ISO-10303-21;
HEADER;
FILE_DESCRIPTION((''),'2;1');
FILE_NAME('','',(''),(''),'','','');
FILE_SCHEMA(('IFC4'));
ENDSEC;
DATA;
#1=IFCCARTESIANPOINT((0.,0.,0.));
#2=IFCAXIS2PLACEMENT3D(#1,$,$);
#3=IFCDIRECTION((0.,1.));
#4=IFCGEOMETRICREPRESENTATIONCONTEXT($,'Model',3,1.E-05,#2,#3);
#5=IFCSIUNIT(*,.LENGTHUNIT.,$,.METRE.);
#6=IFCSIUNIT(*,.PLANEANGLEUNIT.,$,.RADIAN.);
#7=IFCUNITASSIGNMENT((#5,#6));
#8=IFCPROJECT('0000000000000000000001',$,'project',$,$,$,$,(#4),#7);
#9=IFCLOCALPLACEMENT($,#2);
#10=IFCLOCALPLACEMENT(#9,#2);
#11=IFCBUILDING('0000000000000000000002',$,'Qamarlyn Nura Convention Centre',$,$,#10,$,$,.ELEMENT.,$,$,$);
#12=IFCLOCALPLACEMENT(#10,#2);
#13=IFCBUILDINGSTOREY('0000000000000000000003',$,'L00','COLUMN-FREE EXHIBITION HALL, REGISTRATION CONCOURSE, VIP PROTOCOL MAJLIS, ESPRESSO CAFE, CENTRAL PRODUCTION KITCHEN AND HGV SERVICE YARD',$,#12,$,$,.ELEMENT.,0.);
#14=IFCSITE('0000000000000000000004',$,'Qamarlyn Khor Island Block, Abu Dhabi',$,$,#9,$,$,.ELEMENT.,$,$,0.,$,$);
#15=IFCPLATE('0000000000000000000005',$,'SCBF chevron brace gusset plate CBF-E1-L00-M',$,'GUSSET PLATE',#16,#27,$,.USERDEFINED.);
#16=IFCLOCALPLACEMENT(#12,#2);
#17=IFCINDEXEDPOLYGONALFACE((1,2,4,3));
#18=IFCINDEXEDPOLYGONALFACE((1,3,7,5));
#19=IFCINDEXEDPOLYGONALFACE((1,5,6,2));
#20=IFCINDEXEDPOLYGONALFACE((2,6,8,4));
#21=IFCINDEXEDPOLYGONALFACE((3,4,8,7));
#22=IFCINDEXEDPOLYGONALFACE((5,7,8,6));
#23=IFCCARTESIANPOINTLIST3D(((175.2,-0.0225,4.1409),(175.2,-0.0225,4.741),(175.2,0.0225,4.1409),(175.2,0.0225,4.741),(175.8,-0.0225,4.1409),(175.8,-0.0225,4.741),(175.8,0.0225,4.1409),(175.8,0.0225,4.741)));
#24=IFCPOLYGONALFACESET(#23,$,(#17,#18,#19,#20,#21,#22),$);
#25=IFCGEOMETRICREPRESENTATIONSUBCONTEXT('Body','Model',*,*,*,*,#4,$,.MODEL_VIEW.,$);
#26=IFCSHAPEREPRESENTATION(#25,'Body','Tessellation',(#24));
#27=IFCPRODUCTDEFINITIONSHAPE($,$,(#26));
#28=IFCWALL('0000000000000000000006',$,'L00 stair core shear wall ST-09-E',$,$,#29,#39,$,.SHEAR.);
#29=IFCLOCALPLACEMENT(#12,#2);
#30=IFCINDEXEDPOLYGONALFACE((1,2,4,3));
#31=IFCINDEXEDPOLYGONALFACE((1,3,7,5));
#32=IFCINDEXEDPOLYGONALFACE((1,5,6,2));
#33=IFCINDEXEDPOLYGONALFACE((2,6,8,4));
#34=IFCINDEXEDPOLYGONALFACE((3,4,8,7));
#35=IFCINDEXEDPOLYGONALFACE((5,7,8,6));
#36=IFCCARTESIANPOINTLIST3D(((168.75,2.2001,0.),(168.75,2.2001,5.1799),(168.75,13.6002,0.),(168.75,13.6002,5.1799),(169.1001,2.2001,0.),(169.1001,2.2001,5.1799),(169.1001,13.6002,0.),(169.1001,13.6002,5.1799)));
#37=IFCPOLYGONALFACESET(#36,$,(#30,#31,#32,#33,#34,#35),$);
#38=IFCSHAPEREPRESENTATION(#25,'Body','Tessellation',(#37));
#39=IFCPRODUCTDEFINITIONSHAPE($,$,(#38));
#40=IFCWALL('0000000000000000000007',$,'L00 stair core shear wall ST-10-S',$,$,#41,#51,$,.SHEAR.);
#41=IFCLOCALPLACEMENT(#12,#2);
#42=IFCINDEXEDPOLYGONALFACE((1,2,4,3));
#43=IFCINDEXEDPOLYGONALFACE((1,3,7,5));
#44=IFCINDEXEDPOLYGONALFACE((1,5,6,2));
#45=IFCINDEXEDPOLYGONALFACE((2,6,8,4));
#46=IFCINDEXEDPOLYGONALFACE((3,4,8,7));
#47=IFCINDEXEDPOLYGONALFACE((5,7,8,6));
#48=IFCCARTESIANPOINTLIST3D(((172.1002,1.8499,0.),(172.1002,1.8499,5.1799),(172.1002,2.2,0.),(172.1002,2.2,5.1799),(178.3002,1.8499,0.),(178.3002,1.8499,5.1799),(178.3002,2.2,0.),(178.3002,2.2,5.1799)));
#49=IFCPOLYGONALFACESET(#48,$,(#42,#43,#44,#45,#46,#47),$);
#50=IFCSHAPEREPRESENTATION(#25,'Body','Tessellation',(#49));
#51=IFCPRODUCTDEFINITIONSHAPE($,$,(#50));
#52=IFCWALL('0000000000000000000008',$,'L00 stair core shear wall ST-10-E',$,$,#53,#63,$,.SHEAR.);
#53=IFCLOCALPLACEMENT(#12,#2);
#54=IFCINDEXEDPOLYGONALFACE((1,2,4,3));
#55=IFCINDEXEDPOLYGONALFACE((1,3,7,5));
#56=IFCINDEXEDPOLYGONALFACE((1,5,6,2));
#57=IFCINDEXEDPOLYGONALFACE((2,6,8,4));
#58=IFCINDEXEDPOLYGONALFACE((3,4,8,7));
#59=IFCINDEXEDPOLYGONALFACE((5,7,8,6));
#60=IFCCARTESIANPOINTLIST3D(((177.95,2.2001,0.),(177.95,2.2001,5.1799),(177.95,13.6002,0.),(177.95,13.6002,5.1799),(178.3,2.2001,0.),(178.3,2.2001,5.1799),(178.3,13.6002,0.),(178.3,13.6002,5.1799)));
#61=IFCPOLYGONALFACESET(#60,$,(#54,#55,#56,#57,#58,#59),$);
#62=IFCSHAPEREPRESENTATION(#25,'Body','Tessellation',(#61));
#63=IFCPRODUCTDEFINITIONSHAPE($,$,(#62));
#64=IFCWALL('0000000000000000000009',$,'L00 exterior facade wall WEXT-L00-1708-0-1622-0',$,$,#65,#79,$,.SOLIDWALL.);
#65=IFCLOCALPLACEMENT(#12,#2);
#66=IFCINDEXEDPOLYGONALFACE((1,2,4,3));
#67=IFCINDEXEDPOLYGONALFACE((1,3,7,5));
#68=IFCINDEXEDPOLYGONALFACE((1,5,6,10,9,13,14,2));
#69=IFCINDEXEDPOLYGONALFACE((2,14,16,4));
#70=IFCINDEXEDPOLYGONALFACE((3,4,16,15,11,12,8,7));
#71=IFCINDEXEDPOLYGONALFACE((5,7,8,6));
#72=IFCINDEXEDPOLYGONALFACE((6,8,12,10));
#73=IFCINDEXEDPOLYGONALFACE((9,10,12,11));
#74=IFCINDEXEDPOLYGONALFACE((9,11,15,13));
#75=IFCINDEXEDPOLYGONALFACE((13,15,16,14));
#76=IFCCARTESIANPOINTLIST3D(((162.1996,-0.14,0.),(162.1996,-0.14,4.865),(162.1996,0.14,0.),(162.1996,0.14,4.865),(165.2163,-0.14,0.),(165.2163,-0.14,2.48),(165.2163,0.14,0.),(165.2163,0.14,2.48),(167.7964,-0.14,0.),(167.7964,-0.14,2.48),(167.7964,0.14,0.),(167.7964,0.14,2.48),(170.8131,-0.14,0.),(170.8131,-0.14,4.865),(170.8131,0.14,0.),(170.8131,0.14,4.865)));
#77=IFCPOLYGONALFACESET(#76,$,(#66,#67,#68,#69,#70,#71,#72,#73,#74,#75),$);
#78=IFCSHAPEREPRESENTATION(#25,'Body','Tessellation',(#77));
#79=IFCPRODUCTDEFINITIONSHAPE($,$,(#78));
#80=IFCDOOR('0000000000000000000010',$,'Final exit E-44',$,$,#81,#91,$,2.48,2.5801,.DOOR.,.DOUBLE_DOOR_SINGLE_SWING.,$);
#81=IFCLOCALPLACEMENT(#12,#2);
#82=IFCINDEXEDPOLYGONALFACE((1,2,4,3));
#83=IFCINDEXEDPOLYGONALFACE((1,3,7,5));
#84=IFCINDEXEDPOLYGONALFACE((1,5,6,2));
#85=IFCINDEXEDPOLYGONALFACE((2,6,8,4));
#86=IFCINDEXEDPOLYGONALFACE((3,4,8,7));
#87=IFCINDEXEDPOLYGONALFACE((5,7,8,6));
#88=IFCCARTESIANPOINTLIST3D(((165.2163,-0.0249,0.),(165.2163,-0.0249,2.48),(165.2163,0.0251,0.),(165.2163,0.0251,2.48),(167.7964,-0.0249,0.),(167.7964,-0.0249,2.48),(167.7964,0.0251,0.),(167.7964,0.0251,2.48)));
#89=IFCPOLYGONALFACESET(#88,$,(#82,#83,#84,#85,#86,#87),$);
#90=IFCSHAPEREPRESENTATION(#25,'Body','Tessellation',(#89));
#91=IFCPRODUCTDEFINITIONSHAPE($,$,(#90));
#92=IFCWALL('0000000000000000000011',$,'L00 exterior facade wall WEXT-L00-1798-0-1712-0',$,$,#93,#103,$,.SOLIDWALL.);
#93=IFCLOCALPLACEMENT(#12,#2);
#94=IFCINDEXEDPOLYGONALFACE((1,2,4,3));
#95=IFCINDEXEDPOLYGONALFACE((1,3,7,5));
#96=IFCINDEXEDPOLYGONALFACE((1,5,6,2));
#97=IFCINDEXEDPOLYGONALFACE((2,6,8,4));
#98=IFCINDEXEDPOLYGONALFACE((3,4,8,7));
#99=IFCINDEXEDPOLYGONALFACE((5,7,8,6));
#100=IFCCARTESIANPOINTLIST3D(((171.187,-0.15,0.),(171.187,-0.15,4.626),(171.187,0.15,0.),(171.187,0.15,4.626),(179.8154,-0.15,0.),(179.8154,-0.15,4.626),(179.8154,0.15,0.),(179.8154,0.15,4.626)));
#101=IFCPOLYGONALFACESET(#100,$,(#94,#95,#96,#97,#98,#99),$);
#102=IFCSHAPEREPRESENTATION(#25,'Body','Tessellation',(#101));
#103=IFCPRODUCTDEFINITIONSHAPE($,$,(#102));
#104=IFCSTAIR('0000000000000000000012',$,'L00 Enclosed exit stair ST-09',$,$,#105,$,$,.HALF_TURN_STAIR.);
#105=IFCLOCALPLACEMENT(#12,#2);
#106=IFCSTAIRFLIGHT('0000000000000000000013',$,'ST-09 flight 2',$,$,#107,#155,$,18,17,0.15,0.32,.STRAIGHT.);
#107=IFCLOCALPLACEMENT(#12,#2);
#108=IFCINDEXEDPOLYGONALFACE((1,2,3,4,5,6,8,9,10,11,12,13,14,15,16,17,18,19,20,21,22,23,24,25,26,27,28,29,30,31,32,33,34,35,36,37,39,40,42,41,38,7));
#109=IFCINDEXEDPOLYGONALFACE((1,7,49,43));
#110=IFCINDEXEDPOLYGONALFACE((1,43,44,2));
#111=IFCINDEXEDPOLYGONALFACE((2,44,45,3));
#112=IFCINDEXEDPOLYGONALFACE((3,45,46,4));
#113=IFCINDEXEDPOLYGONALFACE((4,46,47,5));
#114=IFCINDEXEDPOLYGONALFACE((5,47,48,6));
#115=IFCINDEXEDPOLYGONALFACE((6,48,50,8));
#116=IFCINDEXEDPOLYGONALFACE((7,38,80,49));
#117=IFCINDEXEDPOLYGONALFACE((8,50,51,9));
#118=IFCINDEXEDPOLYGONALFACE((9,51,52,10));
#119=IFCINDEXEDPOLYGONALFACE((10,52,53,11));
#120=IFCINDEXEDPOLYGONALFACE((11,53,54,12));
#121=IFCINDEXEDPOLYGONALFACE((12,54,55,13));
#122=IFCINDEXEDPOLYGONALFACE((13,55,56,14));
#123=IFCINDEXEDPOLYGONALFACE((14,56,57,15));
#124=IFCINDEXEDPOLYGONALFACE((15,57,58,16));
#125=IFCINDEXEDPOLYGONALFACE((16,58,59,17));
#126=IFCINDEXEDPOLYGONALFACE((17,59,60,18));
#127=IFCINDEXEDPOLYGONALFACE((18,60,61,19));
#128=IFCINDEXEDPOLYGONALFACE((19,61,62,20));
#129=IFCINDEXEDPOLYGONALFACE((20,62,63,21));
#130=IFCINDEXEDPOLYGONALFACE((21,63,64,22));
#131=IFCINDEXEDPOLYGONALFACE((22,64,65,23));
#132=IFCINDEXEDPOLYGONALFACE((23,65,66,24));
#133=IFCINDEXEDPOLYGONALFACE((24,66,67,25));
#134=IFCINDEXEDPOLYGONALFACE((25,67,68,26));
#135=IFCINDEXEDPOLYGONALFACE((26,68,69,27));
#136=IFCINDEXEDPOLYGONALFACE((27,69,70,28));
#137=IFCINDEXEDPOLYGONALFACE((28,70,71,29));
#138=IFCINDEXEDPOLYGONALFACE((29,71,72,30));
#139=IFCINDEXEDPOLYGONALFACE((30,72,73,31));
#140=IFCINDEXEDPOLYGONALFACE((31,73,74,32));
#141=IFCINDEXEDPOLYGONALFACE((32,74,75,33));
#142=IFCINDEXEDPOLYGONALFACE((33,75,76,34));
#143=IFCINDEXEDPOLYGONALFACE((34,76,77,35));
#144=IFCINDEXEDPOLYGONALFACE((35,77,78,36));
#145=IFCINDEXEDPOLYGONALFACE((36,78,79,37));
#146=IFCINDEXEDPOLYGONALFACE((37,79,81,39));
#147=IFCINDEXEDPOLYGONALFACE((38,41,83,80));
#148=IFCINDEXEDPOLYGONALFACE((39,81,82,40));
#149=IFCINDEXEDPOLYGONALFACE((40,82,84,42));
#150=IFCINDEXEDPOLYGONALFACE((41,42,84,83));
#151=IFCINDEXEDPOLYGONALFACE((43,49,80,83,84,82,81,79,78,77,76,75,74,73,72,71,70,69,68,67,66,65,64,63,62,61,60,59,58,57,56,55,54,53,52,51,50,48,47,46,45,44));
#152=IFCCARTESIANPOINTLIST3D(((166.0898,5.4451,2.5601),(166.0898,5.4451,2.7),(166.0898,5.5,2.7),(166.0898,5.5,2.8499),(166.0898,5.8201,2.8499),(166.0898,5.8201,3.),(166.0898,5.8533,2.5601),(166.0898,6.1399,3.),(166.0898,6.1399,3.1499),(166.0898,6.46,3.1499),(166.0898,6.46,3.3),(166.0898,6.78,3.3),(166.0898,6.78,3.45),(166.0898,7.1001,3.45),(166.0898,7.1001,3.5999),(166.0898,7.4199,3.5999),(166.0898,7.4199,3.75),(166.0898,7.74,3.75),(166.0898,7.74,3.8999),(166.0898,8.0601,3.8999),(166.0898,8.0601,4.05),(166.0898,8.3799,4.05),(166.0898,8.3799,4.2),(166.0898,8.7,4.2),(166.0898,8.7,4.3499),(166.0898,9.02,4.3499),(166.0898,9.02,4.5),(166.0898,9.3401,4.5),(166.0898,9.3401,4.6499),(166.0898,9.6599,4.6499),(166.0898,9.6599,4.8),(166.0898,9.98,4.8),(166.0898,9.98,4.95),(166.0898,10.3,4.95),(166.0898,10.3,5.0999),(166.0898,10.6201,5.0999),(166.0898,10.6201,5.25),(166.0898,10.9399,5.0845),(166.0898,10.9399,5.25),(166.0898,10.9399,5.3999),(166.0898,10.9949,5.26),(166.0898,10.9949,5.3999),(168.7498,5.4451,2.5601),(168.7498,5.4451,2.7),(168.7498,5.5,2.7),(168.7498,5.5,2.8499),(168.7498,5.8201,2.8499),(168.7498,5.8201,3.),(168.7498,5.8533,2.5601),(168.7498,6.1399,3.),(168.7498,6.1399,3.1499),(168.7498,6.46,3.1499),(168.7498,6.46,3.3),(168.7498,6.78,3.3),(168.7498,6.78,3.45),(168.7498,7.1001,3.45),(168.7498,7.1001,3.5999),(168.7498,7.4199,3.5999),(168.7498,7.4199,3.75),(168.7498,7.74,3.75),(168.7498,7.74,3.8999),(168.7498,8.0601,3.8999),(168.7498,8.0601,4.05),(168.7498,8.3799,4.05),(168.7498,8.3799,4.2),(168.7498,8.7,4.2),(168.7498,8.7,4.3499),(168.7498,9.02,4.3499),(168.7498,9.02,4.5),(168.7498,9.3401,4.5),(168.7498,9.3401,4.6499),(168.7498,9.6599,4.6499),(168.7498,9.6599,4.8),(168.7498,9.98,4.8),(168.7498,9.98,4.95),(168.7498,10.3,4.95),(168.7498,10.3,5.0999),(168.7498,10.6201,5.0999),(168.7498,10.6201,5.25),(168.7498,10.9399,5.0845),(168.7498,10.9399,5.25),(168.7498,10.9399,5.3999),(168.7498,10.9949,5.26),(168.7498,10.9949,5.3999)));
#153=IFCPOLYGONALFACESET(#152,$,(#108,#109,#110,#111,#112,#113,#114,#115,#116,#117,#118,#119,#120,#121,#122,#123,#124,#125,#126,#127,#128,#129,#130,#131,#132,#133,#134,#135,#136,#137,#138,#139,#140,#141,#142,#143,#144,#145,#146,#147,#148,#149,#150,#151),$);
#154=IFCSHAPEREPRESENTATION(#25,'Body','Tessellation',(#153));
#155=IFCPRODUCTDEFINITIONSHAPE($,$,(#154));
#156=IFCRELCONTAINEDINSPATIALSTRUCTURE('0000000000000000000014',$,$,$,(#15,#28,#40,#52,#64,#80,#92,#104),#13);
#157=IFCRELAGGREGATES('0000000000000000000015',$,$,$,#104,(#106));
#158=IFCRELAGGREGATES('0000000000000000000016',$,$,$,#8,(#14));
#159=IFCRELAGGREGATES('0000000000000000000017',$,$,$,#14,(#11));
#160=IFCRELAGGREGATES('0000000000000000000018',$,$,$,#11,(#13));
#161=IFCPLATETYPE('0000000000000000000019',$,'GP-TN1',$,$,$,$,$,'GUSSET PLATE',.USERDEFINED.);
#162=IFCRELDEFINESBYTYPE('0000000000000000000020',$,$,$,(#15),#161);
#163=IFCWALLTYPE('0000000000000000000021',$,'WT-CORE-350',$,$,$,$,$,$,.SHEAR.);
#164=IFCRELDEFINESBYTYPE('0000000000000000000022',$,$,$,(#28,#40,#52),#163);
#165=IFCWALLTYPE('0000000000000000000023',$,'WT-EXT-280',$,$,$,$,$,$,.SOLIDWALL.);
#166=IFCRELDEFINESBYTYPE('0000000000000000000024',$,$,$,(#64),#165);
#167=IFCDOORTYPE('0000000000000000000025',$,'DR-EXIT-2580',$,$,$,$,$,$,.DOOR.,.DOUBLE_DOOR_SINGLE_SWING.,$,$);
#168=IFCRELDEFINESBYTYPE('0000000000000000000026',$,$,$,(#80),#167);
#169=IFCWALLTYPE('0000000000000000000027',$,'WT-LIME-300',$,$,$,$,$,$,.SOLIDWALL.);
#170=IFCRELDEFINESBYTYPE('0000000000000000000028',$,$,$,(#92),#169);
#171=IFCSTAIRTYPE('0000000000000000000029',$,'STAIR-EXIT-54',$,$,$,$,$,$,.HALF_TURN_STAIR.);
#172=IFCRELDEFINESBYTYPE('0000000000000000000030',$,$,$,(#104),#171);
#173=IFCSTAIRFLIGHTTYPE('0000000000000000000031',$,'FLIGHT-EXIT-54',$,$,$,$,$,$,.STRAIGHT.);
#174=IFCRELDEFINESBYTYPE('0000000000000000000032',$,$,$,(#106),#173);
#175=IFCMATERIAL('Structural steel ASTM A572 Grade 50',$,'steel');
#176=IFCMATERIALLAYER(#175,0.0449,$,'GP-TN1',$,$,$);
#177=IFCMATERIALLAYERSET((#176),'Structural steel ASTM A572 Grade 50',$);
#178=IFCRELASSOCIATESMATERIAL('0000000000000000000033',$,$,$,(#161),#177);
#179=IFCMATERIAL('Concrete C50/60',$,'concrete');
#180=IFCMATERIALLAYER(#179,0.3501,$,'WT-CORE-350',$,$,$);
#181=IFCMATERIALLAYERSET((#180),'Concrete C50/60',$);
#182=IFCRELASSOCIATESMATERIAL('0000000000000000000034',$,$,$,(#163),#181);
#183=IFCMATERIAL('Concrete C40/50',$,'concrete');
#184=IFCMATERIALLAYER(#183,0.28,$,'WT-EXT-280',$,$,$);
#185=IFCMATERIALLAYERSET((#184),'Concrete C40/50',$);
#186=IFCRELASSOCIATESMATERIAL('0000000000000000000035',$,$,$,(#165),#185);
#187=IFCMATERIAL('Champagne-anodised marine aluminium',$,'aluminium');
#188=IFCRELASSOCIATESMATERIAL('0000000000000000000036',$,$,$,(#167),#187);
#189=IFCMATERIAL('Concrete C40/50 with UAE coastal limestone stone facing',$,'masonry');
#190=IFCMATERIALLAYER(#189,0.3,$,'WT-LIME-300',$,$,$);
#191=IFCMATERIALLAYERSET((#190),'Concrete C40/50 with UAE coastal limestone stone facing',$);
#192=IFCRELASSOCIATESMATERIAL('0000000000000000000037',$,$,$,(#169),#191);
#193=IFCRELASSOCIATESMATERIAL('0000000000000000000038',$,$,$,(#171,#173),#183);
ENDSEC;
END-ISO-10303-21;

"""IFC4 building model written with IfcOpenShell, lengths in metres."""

from ifc_helpers import new_model, si_unit, direction, frame, frame_2d, origin, origin_2d, place, context, subcontext, project, spatial, polyline, rectangle, outline, extrude, material, layer, layer_set, type_object, element, fill, aggregate, save


model = new_model("IFC4")

# Units and contexts
model_context = context("Model", 3, precision=1e-05, world=origin(), true_north=direction((0.0, 1.0)))
body_context = subcontext(model_context, "Body", "Model", "MODEL_VIEW")
ifc_project = project(units=[si_unit("LENGTHUNIT", "METRE"), si_unit("PLANEANGLEUNIT", "RADIAN")], contexts=[model_context])

# Site, building, storey
site_placement = place(None, origin())
site = spatial("IfcSite", under=ifc_project, at=site_placement, Name="Qamarlyn Khor Island Block, Abu Dhabi", CompositionType="ELEMENT", RefElevation=0.0)
building_placement = place(site_placement, origin())
building = spatial("IfcBuilding", under=site, at=building_placement, Name="Qamarlyn Nura Convention Centre", CompositionType="ELEMENT")
storey_placement = place(building_placement, origin())
storey = spatial("IfcBuildingStorey", under=building, at=storey_placement, Name="L00", Description="COLUMN-FREE EXHIBITION HALL, REGISTRATION CONCOURSE, VIP PROTOCOL MAJLIS, ESPRESSO CAFE, CENTRAL PRODUCTION KITCHEN AND HGV SERVICE YARD", CompositionType="ELEMENT", Elevation=0.0)

# Plate
ifc_material_1 = material(Name="Structural steel ASTM A572 Grade 50", Category="steel")
ifc_layer_1 = layer(ifc_material_1, 0.0449, Name="GP-TN1")
ifc_layer_set_1 = layer_set([ifc_layer_1], Name="Structural steel ASTM A572 Grade 50")
plate_type = type_object("IfcPlateType", Name="GP-TN1", ElementType="GUSSET PLATE", PredefinedType="USERDEFINED", material=ifc_layer_set_1)
for number, where, z_axis, x_axis, name in (
    (1, (175.5, 0.0, 4.1409), (0.0, 0.0, 1.0), (1.0, 0.0, 0.0), "SCBF chevron brace gusset plate CBF-E1-L00-M"),
):
    element("IfcPlate", number, at=place(storey_placement, frame(where, z_axis=z_axis, x_axis=x_axis)), inside=storey, type_object=plate_type, Name=name, ObjectType="GUSSET PLATE", PredefinedType="USERDEFINED", context=body_context, shape_type="SweptSolid", body=[
        extrude(rectangle(XDim=0.6001, YDim=0.0449, at=origin_2d()), origin(), (0.0, 0.0, 1.0), 0.6001),
    ])

# Walls
ifc_material_2 = material(Name="Concrete C50/60", Category="concrete")
ifc_layer_2 = layer(ifc_material_2, 0.3501, Name="WT-CORE-350")
ifc_layer_set_2 = layer_set([ifc_layer_2], Name="Concrete C50/60")
wall_type_1 = type_object("IfcWallType", Name="WT-CORE-350", PredefinedType="SHEAR", material=ifc_layer_set_2)
wall_1_placement = place(storey_placement, frame((168.925, 2.2, 0.0), z_axis=(0.0, 0.0, 1.0), x_axis=(0.0, 1.0, 0.0)))
element("IfcWall", 2, at=wall_1_placement, inside=storey, type_object=wall_type_1, Name="L00 stair core shear wall ST-09-E", PredefinedType="SHEAR", context=body_context, shape_type="SweptSolid", body=[
    extrude(rectangle(XDim=11.4001, YDim=0.3501, at=frame_2d((5.7002, 0.0))), origin(), (0.0, 0.0, 1.0), 5.1799),
])
wall_2_placement = place(storey_placement, frame((172.1001, 2.0249, 0.0), z_axis=(0.0, 0.0, 1.0), x_axis=(1.0, 0.0, 0.0)))
element("IfcWall", 3, at=wall_2_placement, inside=storey, type_object=wall_type_1, Name="L00 stair core shear wall ST-10-S", PredefinedType="SHEAR", context=body_context, shape_type="SweptSolid", body=[
    extrude(rectangle(XDim=6.2, YDim=0.3501, at=frame_2d((3.1001, 0.0))), origin(), (0.0, 0.0, 1.0), 5.1799),
])
wall_3_placement = place(storey_placement, frame((178.125, 2.2, 0.0), z_axis=(0.0, 0.0, 1.0), x_axis=(0.0, 1.0, 0.0)))
element("IfcWall", 4, at=wall_3_placement, inside=storey, type_object=wall_type_1, Name="L00 stair core shear wall ST-10-E", PredefinedType="SHEAR", context=body_context, shape_type="SweptSolid", body=[
    extrude(rectangle(XDim=11.4001, YDim=0.3501, at=frame_2d((5.7002, 0.0))), origin(), (0.0, 0.0, 1.0), 5.1799),
])

# Wall, opening, door
ifc_material_3 = material(Name="Concrete C40/50", Category="concrete")
ifc_layer_3 = layer(ifc_material_3, 0.28, Name="WT-EXT-280")
ifc_layer_set_3 = layer_set([ifc_layer_3], Name="Concrete C40/50")
wall_type_2 = type_object("IfcWallType", Name="WT-EXT-280", PredefinedType="SOLIDWALL", material=ifc_layer_set_3)
wall_4_placement = place(storey_placement, frame((170.813, 0.0, 0.0), z_axis=(0.0, 0.0, 1.0), x_axis=(-1.0, 0.0, 0.0)))
wall_4 = element("IfcWall", 5, at=wall_4_placement, inside=storey, type_object=wall_type_2, Name="L00 exterior facade wall WEXT-L00-1708-0-1622-0", PredefinedType="SOLIDWALL", context=body_context, shape_type="SweptSolid", body=[
    extrude(rectangle(XDim=8.6135, YDim=0.28, at=frame_2d((4.3066, 0.0))), origin(), (0.0, 0.0, 1.0), 4.865),
])
opening_placement = place(wall_4_placement, frame((3.0166, 0.0, 0.0)))
opening = element("IfcOpeningElement", 6, at=opening_placement, cuts=wall_4, PredefinedType="OPENING", context=body_context, shape_type="SweptSolid", body=[
    extrude(rectangle(XDim=2.5801, YDim=2.48, at=frame_2d((1.29, 1.24))), frame((0.0, 0.1499, 0.0), z_axis=(0.0, -1.0, 0.0), x_axis=(1.0, 0.0, 0.0)), (0.0, 0.0, 1.0), 0.3),
])
ifc_material_4 = material(Name="Champagne-anodised marine aluminium", Category="aluminium")
door_type = type_object("IfcDoorType", Name="DR-EXIT-2580", OperationType="DOUBLE_DOOR_SINGLE_SWING", PredefinedType="DOOR", material=ifc_material_4)
door_placement = place(opening_placement, origin())
door = element("IfcDoor", 7, at=door_placement, inside=storey, type_object=door_type, Name="Final exit E-44", OperationType="DOUBLE_DOOR_SINGLE_SWING", OverallHeight=2.48, OverallWidth=2.5801, PredefinedType="DOOR", context=body_context, shape_type="SweptSolid", body=[
    extrude(rectangle(XDim=2.5801, YDim=2.48, at=frame_2d((1.29, 1.24))), frame((0.0, 0.0249, 0.0), z_axis=(0.0, -1.0, 0.0), x_axis=(1.0, 0.0, 0.0)), (0.0, 0.0, 1.0), 0.05),
])
fill(opening, door)

# Wall
ifc_material_5 = material(Name="Concrete C40/50 with UAE coastal limestone stone facing", Category="masonry")
ifc_layer_4 = layer(ifc_material_5, 0.3, Name="WT-LIME-300")
ifc_layer_set_4 = layer_set([ifc_layer_4], Name="Concrete C40/50 with UAE coastal limestone stone facing")
wall_type_3 = type_object("IfcWallType", Name="WT-LIME-300", PredefinedType="SOLIDWALL", material=ifc_layer_set_4)
wall_5_placement = place(storey_placement, frame((179.8154, 0.0, 0.0), z_axis=(0.0, 0.0, 1.0), x_axis=(-1.0, 0.0, 0.0)))
element("IfcWall", 8, at=wall_5_placement, inside=storey, type_object=wall_type_3, Name="L00 exterior facade wall WEXT-L00-1798-0-1712-0", PredefinedType="SOLIDWALL", context=body_context, shape_type="SweptSolid", body=[
    extrude(rectangle(XDim=8.6284, YDim=0.3, at=frame_2d((4.3142, 0.0))), origin(), (0.0, 0.0, 1.0), 4.626),
])

# Stair, stair flight
stair_type = type_object("IfcStairType", Name="STAIR-EXIT-54", PredefinedType="HALF_TURN_STAIR", material=ifc_material_3)
stair_1_placement = place(storey_placement, origin())
stair_1 = element("IfcStair", 9, at=stair_1_placement, inside=storey, type_object=stair_type, Name="L00 Enclosed exit stair ST-09", PredefinedType="HALF_TURN_STAIR")
stair_flight_type = type_object("IfcStairFlightType", Name="FLIGHT-EXIT-54", PredefinedType="STRAIGHT", material=ifc_material_3)
stair_flight_1_placement = place(storey_placement, frame((167.4199, 5.5, 2.7), z_axis=(0.0, 0.0, 1.0), x_axis=(0.0, 1.0, 0.0)))
stair_flight_1 = element("IfcStairFlight", 10, at=stair_flight_1_placement, type_object=stair_flight_type, Name="ST-09 flight 2", NumberOfRisers=18, NumberOfTreads=17, PredefinedType="STRAIGHT", RiserHeight=0.15, TreadLength=0.32, context=body_context, shape_type="SweptSolid", body=[
    extrude(outline(polyline([(-0.0549, 0.0), (0.0, 0.0), (0.0, 0.1499), (0.3201, 0.1499), (0.3201, 0.3), (0.6399, 0.3), (0.6399, 0.45), (0.96, 0.45), (0.96, 0.6001), (1.28, 0.6001), (1.28, 0.75), (1.6001, 0.75), (1.6001, 0.8999), (1.9199, 0.8999), (1.9199, 1.05), (2.24, 1.05), (2.24, 1.2), (2.5601, 1.2), (2.5601, 1.3501), (2.8799, 1.3501), (2.8799, 1.5), (3.2, 1.5), (3.2, 1.6499), (3.52, 1.6499), (3.52, 1.8), (3.8401, 1.8), (3.8401, 1.95), (4.1599, 1.95), (4.1599, 2.1001), (4.48, 2.1001), (4.48, 2.25), (4.8, 2.25), (4.8, 2.3999), (5.1201, 2.3999), (5.1201, 2.55), (5.4399, 2.55), (5.4399, 2.7), (5.4949, 2.7), (5.4949, 2.5601), (5.4399, 2.3845), (0.3533, -0.1399), (-0.0549, -0.1399), (-0.0549, 0.0)])), frame((0.0, 1.3301, 0.0), z_axis=(0.0, -1.0, 0.0), x_axis=(1.0, 0.0, 0.0)), (0.0, 0.0, 1.0), 2.6599),
])
aggregate(stair_1, [stair_flight_1])

save(model, "model.ifc")
